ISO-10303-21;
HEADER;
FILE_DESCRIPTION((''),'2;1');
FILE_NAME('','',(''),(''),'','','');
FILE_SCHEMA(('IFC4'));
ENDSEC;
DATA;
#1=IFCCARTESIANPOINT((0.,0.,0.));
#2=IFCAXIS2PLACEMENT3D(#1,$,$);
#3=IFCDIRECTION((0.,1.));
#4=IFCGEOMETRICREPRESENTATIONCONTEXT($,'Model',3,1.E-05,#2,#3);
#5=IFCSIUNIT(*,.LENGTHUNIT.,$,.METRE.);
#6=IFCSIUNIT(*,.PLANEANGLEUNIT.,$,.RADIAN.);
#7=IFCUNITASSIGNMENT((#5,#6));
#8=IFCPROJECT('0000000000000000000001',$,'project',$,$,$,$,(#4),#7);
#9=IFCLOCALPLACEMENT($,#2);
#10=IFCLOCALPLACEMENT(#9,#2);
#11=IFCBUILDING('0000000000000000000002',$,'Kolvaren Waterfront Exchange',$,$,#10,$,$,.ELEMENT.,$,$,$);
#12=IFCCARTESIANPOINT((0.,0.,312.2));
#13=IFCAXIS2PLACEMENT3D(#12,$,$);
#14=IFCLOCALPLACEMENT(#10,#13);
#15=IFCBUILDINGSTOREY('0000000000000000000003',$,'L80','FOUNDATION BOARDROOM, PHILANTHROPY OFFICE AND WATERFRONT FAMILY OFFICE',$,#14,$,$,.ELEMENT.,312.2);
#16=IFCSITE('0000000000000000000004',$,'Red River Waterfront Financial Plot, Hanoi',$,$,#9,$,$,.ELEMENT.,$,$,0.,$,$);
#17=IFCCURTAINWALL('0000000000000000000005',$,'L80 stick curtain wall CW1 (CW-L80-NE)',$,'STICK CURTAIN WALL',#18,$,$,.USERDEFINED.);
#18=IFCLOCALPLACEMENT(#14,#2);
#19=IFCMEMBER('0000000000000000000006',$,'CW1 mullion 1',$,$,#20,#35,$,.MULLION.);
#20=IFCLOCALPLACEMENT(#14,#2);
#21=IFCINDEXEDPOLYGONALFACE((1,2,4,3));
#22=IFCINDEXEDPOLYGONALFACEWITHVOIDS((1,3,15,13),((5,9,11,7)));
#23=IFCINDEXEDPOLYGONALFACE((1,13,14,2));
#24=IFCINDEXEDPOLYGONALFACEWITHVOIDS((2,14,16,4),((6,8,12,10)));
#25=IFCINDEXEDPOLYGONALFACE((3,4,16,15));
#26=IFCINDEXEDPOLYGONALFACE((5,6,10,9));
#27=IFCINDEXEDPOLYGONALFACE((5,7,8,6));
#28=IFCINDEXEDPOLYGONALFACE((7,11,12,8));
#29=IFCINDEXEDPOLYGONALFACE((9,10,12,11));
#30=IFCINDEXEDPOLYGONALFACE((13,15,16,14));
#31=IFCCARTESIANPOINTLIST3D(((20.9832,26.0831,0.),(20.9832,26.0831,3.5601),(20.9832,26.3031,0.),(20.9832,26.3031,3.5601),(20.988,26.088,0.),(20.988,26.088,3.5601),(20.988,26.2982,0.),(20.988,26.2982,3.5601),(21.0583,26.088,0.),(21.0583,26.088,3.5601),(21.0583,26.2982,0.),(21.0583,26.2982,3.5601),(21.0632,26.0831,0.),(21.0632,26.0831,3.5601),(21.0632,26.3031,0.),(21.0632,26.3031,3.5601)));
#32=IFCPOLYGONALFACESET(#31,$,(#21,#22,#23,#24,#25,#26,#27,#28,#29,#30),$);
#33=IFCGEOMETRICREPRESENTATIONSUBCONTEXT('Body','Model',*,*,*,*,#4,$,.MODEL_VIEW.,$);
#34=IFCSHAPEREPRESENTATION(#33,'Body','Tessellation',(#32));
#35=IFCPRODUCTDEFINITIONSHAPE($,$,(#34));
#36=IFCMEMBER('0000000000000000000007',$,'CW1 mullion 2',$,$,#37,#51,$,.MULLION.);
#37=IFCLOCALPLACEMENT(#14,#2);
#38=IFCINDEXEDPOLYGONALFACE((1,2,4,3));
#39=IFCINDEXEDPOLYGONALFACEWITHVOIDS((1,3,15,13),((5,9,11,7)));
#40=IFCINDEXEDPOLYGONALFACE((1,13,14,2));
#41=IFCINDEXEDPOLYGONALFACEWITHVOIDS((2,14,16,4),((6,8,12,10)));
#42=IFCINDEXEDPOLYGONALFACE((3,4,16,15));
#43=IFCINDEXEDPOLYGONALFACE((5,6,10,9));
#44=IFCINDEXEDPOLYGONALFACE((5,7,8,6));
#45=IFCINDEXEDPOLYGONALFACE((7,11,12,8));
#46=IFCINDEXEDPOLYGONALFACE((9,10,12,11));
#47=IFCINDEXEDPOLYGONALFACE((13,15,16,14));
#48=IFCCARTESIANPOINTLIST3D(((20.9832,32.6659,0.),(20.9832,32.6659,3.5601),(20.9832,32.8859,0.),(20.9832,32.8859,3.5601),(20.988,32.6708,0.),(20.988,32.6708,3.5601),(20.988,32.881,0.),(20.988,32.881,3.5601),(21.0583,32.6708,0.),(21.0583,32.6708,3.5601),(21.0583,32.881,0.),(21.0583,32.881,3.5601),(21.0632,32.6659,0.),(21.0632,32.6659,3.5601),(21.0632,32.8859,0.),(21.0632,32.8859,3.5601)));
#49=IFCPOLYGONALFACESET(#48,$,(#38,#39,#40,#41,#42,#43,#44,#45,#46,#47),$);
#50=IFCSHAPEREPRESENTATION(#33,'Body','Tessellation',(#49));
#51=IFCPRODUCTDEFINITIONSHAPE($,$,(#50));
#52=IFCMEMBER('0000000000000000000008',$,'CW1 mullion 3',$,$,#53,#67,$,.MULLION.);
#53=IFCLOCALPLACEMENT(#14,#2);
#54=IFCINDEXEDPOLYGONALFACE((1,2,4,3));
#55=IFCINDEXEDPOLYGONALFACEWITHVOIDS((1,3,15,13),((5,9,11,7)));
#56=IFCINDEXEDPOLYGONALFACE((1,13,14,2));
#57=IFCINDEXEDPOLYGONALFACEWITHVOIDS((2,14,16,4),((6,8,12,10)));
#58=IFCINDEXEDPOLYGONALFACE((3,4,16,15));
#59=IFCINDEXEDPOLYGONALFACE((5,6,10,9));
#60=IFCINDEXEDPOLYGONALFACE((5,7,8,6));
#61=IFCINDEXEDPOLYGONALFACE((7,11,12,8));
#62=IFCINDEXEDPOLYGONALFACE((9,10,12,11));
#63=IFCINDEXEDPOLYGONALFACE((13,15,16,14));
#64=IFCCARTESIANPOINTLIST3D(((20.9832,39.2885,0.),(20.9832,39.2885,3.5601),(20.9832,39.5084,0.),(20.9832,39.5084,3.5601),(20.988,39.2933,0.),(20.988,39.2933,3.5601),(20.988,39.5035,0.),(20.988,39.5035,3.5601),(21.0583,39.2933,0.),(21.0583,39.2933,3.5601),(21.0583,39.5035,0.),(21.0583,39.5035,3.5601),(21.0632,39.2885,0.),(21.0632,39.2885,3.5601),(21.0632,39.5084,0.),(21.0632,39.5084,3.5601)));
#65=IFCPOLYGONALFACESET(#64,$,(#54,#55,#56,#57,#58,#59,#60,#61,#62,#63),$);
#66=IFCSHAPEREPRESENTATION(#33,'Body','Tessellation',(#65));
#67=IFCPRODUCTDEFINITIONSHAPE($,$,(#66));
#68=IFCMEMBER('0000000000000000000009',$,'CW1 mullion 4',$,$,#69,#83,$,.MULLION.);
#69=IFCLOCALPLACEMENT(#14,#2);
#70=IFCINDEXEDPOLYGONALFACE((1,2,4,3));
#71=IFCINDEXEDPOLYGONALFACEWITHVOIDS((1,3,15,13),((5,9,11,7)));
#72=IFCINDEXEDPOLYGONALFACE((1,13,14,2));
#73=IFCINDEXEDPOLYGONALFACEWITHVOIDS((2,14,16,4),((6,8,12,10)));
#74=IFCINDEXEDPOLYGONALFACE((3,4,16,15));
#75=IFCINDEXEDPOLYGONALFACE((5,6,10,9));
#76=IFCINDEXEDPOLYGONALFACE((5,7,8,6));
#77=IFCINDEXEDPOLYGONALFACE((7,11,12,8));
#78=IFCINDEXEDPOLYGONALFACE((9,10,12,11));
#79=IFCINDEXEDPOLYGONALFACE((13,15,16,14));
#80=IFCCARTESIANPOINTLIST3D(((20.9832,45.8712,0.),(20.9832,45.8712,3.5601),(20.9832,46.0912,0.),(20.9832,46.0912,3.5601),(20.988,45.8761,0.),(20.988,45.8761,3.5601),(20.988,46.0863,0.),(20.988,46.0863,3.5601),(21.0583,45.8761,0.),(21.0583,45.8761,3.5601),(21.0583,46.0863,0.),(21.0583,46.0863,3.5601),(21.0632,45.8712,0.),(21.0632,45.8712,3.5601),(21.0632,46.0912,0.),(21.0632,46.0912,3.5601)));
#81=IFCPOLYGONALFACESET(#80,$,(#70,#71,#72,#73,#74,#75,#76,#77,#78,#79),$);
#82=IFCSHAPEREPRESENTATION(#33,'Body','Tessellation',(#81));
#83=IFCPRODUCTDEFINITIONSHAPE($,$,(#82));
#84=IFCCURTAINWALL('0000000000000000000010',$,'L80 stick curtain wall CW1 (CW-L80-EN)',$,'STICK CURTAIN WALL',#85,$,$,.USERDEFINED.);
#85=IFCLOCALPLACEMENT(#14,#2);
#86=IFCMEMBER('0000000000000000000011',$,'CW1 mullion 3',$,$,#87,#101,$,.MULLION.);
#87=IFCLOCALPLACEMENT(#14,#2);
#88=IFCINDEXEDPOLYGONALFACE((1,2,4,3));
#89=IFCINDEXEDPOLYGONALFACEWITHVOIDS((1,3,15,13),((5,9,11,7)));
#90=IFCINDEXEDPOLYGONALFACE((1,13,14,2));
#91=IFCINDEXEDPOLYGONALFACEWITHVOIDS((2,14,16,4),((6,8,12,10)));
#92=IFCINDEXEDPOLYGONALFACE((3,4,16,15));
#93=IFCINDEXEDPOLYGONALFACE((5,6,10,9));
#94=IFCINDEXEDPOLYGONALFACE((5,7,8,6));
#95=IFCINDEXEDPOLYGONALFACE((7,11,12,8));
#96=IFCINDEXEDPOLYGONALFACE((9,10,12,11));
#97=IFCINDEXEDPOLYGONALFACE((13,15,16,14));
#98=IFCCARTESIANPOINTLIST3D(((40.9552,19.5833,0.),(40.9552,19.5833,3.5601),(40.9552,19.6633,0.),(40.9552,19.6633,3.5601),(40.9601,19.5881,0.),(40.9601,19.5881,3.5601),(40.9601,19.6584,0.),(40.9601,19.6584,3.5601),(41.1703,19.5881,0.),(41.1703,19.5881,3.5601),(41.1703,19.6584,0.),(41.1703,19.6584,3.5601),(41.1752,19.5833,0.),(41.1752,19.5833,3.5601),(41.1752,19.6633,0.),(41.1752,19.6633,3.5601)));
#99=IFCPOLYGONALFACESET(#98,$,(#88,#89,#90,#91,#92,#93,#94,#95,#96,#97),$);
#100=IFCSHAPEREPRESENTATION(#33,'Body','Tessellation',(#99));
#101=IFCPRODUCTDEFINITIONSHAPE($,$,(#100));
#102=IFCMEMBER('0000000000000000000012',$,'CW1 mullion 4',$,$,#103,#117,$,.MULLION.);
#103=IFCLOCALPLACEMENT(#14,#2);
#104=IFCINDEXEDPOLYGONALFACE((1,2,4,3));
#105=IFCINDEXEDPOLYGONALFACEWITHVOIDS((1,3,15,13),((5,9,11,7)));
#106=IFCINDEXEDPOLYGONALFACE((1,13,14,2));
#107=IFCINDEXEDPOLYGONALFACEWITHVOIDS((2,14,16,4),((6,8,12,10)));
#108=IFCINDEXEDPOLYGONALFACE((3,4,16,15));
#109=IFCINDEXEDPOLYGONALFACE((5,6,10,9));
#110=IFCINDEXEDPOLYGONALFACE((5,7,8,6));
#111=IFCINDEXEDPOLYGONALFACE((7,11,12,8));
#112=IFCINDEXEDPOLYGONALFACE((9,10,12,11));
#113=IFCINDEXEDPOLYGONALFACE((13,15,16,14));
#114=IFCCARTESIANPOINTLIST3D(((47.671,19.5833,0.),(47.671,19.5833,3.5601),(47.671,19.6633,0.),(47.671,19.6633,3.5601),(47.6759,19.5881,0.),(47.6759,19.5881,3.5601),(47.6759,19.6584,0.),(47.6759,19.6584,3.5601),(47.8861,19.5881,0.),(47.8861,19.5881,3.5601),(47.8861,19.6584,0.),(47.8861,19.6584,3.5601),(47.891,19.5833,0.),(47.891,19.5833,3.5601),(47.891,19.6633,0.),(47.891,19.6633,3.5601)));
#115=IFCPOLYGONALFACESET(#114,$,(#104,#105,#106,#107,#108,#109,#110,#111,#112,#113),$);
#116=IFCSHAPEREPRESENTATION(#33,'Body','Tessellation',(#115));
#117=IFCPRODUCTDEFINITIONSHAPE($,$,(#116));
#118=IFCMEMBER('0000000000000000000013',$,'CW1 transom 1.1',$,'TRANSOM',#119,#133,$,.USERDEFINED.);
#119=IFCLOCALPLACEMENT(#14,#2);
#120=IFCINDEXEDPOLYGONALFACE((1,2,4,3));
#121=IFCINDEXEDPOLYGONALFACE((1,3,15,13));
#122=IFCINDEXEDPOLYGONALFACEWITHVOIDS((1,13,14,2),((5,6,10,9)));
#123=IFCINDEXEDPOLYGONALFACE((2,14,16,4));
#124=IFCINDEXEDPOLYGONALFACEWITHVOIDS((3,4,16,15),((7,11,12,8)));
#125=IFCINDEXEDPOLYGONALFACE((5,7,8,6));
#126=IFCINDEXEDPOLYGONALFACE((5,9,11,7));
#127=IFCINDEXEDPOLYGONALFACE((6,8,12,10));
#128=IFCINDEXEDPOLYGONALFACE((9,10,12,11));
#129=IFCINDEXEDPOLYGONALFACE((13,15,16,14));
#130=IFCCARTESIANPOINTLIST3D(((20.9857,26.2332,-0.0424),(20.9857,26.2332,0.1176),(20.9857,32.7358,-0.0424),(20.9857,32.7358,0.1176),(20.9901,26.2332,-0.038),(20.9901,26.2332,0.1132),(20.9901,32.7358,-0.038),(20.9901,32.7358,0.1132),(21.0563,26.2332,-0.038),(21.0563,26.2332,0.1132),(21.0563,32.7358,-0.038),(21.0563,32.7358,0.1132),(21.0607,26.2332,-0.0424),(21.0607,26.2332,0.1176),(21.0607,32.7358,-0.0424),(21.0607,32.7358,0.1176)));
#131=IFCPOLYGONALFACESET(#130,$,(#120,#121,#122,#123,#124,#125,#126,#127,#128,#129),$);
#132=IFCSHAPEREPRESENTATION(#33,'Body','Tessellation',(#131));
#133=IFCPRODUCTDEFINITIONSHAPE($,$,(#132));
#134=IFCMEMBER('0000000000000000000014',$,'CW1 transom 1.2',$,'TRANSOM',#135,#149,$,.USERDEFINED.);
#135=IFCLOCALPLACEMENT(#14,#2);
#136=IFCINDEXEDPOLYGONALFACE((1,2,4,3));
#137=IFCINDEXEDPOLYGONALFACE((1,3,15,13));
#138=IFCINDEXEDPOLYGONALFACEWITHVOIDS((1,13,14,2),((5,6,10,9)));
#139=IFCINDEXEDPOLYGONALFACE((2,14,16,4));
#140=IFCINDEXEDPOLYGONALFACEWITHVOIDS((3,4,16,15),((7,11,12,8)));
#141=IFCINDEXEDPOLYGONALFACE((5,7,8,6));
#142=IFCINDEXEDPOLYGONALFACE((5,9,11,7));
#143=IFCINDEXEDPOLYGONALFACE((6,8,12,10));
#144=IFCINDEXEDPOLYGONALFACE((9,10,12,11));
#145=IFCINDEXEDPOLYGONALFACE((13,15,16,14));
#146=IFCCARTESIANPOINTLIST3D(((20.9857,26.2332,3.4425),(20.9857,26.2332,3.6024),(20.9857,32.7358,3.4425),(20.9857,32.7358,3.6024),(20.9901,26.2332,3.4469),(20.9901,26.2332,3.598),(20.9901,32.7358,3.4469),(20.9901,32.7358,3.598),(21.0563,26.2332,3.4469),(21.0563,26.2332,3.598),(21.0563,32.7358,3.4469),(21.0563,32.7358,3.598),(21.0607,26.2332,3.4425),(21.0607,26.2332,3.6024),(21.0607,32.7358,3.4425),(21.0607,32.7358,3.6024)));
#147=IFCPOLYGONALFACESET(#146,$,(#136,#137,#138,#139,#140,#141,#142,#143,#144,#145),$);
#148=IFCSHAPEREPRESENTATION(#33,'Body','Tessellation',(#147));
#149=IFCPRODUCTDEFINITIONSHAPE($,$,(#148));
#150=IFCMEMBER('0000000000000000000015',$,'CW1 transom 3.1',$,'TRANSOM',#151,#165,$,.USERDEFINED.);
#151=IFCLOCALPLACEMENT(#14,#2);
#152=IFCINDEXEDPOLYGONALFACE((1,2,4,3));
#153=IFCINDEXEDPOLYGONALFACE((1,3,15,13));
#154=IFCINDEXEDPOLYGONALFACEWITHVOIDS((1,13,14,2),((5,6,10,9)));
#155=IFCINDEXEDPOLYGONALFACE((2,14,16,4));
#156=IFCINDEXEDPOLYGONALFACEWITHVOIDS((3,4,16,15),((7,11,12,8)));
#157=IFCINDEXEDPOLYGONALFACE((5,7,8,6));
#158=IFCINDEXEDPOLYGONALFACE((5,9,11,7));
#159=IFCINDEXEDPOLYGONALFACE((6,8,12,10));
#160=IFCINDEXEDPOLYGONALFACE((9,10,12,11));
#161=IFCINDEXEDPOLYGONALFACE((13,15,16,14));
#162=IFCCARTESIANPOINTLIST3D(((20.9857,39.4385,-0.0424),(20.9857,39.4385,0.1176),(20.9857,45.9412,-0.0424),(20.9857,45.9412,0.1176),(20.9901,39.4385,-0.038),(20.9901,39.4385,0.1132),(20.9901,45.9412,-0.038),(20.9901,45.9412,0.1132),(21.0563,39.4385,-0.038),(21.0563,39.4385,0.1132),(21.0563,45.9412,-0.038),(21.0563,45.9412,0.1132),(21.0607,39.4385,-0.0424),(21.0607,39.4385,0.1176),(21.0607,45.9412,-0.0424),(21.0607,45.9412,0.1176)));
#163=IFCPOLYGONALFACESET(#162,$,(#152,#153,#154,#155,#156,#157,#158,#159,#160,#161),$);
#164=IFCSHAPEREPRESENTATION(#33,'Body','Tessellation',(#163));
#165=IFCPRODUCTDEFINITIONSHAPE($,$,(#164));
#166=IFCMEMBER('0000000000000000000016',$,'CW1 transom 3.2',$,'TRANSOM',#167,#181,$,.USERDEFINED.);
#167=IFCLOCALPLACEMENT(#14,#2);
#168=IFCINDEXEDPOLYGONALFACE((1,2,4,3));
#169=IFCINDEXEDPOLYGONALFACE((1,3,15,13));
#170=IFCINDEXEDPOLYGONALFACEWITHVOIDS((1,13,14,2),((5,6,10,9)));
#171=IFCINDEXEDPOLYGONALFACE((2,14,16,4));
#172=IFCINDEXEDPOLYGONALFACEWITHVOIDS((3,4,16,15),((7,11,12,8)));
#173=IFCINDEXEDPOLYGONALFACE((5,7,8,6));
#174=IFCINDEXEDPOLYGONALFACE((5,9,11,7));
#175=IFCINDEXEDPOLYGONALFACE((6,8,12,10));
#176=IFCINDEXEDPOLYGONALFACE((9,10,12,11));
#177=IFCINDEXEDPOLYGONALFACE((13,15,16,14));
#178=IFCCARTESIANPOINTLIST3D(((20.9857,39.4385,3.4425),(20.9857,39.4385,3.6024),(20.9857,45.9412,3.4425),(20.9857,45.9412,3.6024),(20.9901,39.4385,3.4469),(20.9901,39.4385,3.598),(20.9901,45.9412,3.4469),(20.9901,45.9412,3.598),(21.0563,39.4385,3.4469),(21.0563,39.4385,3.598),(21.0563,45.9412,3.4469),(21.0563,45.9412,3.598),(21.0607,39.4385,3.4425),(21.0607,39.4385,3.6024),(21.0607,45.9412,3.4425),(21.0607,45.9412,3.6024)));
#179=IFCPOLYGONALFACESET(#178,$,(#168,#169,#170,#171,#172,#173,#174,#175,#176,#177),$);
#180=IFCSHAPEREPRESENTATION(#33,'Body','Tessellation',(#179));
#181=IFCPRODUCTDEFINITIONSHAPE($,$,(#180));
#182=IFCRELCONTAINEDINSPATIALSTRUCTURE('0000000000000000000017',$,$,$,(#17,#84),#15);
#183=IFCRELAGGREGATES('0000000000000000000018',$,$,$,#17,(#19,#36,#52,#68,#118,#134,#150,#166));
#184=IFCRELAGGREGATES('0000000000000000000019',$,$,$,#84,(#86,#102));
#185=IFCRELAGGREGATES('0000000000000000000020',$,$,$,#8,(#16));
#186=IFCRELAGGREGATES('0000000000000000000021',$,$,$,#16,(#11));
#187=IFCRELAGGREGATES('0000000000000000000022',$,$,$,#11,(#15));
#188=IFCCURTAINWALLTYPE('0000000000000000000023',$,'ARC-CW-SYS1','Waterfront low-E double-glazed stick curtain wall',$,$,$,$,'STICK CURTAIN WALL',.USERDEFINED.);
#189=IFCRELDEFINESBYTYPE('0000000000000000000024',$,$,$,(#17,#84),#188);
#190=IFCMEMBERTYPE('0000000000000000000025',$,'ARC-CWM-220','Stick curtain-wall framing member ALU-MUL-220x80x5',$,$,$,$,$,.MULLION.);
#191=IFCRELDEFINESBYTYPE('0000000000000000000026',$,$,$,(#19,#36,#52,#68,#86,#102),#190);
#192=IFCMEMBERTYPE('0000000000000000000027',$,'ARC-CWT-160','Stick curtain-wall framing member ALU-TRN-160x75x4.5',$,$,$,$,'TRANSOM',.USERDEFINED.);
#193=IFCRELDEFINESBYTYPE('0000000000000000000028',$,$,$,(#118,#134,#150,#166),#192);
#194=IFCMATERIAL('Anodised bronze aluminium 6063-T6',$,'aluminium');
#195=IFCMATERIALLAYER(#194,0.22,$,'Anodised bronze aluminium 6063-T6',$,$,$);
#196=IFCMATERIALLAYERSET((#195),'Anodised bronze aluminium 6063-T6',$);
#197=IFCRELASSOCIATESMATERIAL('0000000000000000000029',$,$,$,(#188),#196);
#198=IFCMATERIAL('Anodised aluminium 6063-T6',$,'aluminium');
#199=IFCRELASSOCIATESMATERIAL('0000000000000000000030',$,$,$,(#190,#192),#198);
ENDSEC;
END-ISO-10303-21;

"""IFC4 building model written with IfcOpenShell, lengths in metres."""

from ifc_helpers import new_model, si_unit, direction, frame, origin, origin_with_axes, origin_2d, place, context, subcontext, project, spatial, hollow_rectangle, extrude, source, transform, mapped, material, layer, layer_set, material_profile, profile_set, type_object, element, aggregate, save


model = new_model("IFC4")

# Units and contexts
model_context = context("Model", 3, precision=1e-05, world=origin(), true_north=direction((0.0, 1.0)))
body_context = subcontext(model_context, "Body", "Model", "MODEL_VIEW")
ifc_project = project(units=[si_unit("LENGTHUNIT", "METRE"), si_unit("PLANEANGLEUNIT", "RADIAN")], contexts=[model_context])

# Site, building, storey
site_placement = place(None, origin())
site = spatial("IfcSite", under=ifc_project, at=site_placement, Name="Red River Waterfront Financial Plot, Hanoi", CompositionType="ELEMENT", RefElevation=0.0)
building_placement = place(site_placement, origin())
building = spatial("IfcBuilding", under=site, at=building_placement, Name="Kolvaren Waterfront Exchange", CompositionType="ELEMENT")
storey_placement = place(building_placement, frame((0.0, 0.0, 312.2)))
storey = spatial("IfcBuildingStorey", under=building, at=storey_placement, Name="L80", Description="FOUNDATION BOARDROOM, PHILANTHROPY OFFICE AND WATERFRONT FAMILY OFFICE", CompositionType="ELEMENT", Elevation=312.2)

# Curtain walls, members
ifc_material_1 = material(Name="Anodised bronze aluminium 6063-T6", Category="aluminium")
ifc_layer_1 = layer(ifc_material_1, 0.22, Name="Anodised bronze aluminium 6063-T6")
ifc_layer_set_1 = layer_set([ifc_layer_1], Name="Anodised bronze aluminium 6063-T6")
curtain_wall_type = type_object("IfcCurtainWallType", Name="ARC-CW-SYS1", Description="Waterfront low-E double-glazed stick curtain wall", ElementType="STICK CURTAIN WALL", PredefinedType="USERDEFINED", material=ifc_layer_set_1)
curtain_wall_1_placement = place(storey_placement, origin())
curtain_wall_1 = element("IfcCurtainWall", 1, at=curtain_wall_1_placement, inside=storey, type_object=curtain_wall_type, Name="L80 stick curtain wall CW1 (CW-L80-NE)", ObjectType="STICK CURTAIN WALL", PredefinedType="USERDEFINED")
ifc_material_2 = material(Name="Anodised aluminium 6063-T6", Category="aluminium")
ifc_material_profile_1 = material_profile(ifc_material_2, hollow_rectangle(XDim=0.0801, YDim=0.22, WallThickness=0.0049, at=origin_2d()), Name="ALU-MUL-220x80x5")
ifc_profile_set_1 = profile_set([ifc_material_profile_1], Name="Anodised aluminium 6063-T6")
member_type_1 = type_object("IfcMemberType", Name="ARC-CWM-220", Description="Stick curtain-wall framing member ALU-MUL-220x80x5", PredefinedType="MULLION", material=ifc_profile_set_1)
shared_shape_1 = source(origin_with_axes(), body_context, "Body", "SweptSolid", [
    extrude(hollow_rectangle(XDim=0.0801, YDim=0.22, WallThickness=0.0049, at=origin_2d()), origin(), (0.0, 0.0, 1.0), 3.5601),
])
member_1_placement = place(storey_placement, frame((21.0232, 26.1931, 0.0), z_axis=(0.0, 0.0, 1.0), x_axis=(-1.0, 0.0, 0.0)))
member_1 = element("IfcMember", 2, at=member_1_placement, type_object=member_type_1, Name="CW1 mullion 1", PredefinedType="MULLION", context=body_context, shape_type="MappedRepresentation", body=[
    mapped(shared_shape_1, transform((0.0, 0.0, 0.0), x_axis=(1.0, 0.0, 0.0), y_axis=(0.0, 1.0, 0.0), z_axis=(0.0, 0.0, 1.0), scale=1.0)),
])
member_2_placement = place(storey_placement, frame((21.0232, 32.7759, 0.0), z_axis=(0.0, 0.0, 1.0), x_axis=(-1.0, 0.0, 0.0)))
member_2 = element("IfcMember", 3, at=member_2_placement, type_object=member_type_1, Name="CW1 mullion 2", PredefinedType="MULLION", context=body_context, shape_type="MappedRepresentation", body=[
    mapped(shared_shape_1, transform((0.0, 0.0, 0.0), x_axis=(1.0, 0.0, 0.0), y_axis=(0.0, 1.0, 0.0), z_axis=(0.0, 0.0, 1.0), scale=1.0)),
])
member_3_placement = place(storey_placement, frame((21.0232, 39.3984, 0.0), z_axis=(0.0, 0.0, 1.0), x_axis=(-1.0, 0.0, 0.0)))
member_3 = element("IfcMember", 4, at=member_3_placement, type_object=member_type_1, Name="CW1 mullion 3", PredefinedType="MULLION", context=body_context, shape_type="MappedRepresentation", body=[
    mapped(shared_shape_1, transform((0.0, 0.0, 0.0), x_axis=(1.0, 0.0, 0.0), y_axis=(0.0, 1.0, 0.0), z_axis=(0.0, 0.0, 1.0), scale=1.0)),
])
member_4_placement = place(storey_placement, frame((21.0232, 45.9812, 0.0), z_axis=(0.0, 0.0, 1.0), x_axis=(-1.0, 0.0, 0.0)))
member_4 = element("IfcMember", 5, at=member_4_placement, type_object=member_type_1, Name="CW1 mullion 4", PredefinedType="MULLION", context=body_context, shape_type="MappedRepresentation", body=[
    mapped(shared_shape_1, transform((0.0, 0.0, 0.0), x_axis=(1.0, 0.0, 0.0), y_axis=(0.0, 1.0, 0.0), z_axis=(0.0, 0.0, 1.0), scale=1.0)),
])
curtain_wall_2_placement = place(storey_placement, origin())
curtain_wall_2 = element("IfcCurtainWall", 6, at=curtain_wall_2_placement, inside=storey, type_object=curtain_wall_type, Name="L80 stick curtain wall CW1 (CW-L80-EN)", ObjectType="STICK CURTAIN WALL", PredefinedType="USERDEFINED")
member_5_placement = place(storey_placement, frame((41.0652, 19.6233, 0.0), z_axis=(0.0, 0.0, 1.0), x_axis=(0.0, 1.0, 0.0)))
member_5 = element("IfcMember", 7, at=member_5_placement, type_object=member_type_1, Name="CW1 mullion 3", PredefinedType="MULLION", context=body_context, shape_type="MappedRepresentation", body=[
    mapped(shared_shape_1, transform((0.0, 0.0, 0.0), x_axis=(1.0, 0.0, 0.0), y_axis=(0.0, 1.0, 0.0), z_axis=(0.0, 0.0, 1.0), scale=1.0)),
])
member_6_placement = place(storey_placement, frame((47.781, 19.6233, 0.0), z_axis=(0.0, 0.0, 1.0), x_axis=(0.0, 1.0, 0.0)))
member_6 = element("IfcMember", 8, at=member_6_placement, type_object=member_type_1, Name="CW1 mullion 4", PredefinedType="MULLION", context=body_context, shape_type="MappedRepresentation", body=[
    mapped(shared_shape_1, transform((0.0, 0.0, 0.0), x_axis=(1.0, 0.0, 0.0), y_axis=(0.0, 1.0, 0.0), z_axis=(0.0, 0.0, 1.0), scale=1.0)),
])

# Members
ifc_material_profile_2 = material_profile(ifc_material_2, hollow_rectangle(XDim=0.075, YDim=0.1599, WallThickness=0.0044, at=origin_2d()), Name="ALU-TRN-160x75x4.5")
ifc_profile_set_2 = profile_set([ifc_material_profile_2], Name="Anodised aluminium 6063-T6")
member_type_2 = type_object("IfcMemberType", Name="ARC-CWT-160", Description="Stick curtain-wall framing member ALU-TRN-160x75x4.5", ElementType="TRANSOM", PredefinedType="USERDEFINED", material=ifc_profile_set_2)
shared_shape_2 = source(origin_with_axes(), body_context, "Body", "SweptSolid", [
    extrude(hollow_rectangle(XDim=0.075, YDim=0.1599, WallThickness=0.0044, at=origin_2d()), origin(), (0.0, 0.0, 1.0), 6.5027),
])
member_7_placement = place(storey_placement, frame((21.0232, 26.2332, 0.0376), z_axis=(0.0, 1.0, 0.0), x_axis=(-1.0, 0.0, 0.0)))
member_7 = element("IfcMember", 9, at=member_7_placement, type_object=member_type_2, Name="CW1 transom 1.1", ObjectType="TRANSOM", PredefinedType="USERDEFINED", context=body_context, shape_type="MappedRepresentation", body=[
    mapped(shared_shape_2, transform((0.0, 0.0, 0.0), x_axis=(1.0, 0.0, 0.0), y_axis=(0.0, 1.0, 0.0), z_axis=(0.0, 0.0, 1.0), scale=1.0)),
])
member_8_placement = place(storey_placement, frame((21.0232, 26.2332, 3.5225), z_axis=(0.0, 1.0, 0.0), x_axis=(-1.0, 0.0, 0.0)))
member_8 = element("IfcMember", 10, at=member_8_placement, type_object=member_type_2, Name="CW1 transom 1.2", ObjectType="TRANSOM", PredefinedType="USERDEFINED", context=body_context, shape_type="MappedRepresentation", body=[
    mapped(shared_shape_2, transform((0.0, 0.0, 0.0), x_axis=(1.0, 0.0, 0.0), y_axis=(0.0, 1.0, 0.0), z_axis=(0.0, 0.0, 1.0), scale=1.0)),
])
member_9_placement = place(storey_placement, frame((21.0232, 39.4385, 0.0376), z_axis=(0.0, 1.0, 0.0), x_axis=(-1.0, 0.0, 0.0)))
member_9 = element("IfcMember", 11, at=member_9_placement, type_object=member_type_2, Name="CW1 transom 3.1", ObjectType="TRANSOM", PredefinedType="USERDEFINED", context=body_context, shape_type="MappedRepresentation", body=[
    mapped(shared_shape_2, transform((0.0, 0.0, 0.0), x_axis=(1.0, 0.0, 0.0), y_axis=(0.0, 1.0, 0.0), z_axis=(0.0, 0.0, 1.0), scale=1.0)),
])
member_10_placement = place(storey_placement, frame((21.0232, 39.4385, 3.5225), z_axis=(0.0, 1.0, 0.0), x_axis=(-1.0, 0.0, 0.0)))
member_10 = element("IfcMember", 12, at=member_10_placement, type_object=member_type_2, Name="CW1 transom 3.2", ObjectType="TRANSOM", PredefinedType="USERDEFINED", context=body_context, shape_type="MappedRepresentation", body=[
    mapped(shared_shape_2, transform((0.0, 0.0, 0.0), x_axis=(1.0, 0.0, 0.0), y_axis=(0.0, 1.0, 0.0), z_axis=(0.0, 0.0, 1.0), scale=1.0)),
])

aggregate(curtain_wall_1, [member_1, member_2, member_3, member_4, member_7, member_8, member_9, member_10])
aggregate(curtain_wall_2, [member_5, member_6])

save(model, "model.ifc")
